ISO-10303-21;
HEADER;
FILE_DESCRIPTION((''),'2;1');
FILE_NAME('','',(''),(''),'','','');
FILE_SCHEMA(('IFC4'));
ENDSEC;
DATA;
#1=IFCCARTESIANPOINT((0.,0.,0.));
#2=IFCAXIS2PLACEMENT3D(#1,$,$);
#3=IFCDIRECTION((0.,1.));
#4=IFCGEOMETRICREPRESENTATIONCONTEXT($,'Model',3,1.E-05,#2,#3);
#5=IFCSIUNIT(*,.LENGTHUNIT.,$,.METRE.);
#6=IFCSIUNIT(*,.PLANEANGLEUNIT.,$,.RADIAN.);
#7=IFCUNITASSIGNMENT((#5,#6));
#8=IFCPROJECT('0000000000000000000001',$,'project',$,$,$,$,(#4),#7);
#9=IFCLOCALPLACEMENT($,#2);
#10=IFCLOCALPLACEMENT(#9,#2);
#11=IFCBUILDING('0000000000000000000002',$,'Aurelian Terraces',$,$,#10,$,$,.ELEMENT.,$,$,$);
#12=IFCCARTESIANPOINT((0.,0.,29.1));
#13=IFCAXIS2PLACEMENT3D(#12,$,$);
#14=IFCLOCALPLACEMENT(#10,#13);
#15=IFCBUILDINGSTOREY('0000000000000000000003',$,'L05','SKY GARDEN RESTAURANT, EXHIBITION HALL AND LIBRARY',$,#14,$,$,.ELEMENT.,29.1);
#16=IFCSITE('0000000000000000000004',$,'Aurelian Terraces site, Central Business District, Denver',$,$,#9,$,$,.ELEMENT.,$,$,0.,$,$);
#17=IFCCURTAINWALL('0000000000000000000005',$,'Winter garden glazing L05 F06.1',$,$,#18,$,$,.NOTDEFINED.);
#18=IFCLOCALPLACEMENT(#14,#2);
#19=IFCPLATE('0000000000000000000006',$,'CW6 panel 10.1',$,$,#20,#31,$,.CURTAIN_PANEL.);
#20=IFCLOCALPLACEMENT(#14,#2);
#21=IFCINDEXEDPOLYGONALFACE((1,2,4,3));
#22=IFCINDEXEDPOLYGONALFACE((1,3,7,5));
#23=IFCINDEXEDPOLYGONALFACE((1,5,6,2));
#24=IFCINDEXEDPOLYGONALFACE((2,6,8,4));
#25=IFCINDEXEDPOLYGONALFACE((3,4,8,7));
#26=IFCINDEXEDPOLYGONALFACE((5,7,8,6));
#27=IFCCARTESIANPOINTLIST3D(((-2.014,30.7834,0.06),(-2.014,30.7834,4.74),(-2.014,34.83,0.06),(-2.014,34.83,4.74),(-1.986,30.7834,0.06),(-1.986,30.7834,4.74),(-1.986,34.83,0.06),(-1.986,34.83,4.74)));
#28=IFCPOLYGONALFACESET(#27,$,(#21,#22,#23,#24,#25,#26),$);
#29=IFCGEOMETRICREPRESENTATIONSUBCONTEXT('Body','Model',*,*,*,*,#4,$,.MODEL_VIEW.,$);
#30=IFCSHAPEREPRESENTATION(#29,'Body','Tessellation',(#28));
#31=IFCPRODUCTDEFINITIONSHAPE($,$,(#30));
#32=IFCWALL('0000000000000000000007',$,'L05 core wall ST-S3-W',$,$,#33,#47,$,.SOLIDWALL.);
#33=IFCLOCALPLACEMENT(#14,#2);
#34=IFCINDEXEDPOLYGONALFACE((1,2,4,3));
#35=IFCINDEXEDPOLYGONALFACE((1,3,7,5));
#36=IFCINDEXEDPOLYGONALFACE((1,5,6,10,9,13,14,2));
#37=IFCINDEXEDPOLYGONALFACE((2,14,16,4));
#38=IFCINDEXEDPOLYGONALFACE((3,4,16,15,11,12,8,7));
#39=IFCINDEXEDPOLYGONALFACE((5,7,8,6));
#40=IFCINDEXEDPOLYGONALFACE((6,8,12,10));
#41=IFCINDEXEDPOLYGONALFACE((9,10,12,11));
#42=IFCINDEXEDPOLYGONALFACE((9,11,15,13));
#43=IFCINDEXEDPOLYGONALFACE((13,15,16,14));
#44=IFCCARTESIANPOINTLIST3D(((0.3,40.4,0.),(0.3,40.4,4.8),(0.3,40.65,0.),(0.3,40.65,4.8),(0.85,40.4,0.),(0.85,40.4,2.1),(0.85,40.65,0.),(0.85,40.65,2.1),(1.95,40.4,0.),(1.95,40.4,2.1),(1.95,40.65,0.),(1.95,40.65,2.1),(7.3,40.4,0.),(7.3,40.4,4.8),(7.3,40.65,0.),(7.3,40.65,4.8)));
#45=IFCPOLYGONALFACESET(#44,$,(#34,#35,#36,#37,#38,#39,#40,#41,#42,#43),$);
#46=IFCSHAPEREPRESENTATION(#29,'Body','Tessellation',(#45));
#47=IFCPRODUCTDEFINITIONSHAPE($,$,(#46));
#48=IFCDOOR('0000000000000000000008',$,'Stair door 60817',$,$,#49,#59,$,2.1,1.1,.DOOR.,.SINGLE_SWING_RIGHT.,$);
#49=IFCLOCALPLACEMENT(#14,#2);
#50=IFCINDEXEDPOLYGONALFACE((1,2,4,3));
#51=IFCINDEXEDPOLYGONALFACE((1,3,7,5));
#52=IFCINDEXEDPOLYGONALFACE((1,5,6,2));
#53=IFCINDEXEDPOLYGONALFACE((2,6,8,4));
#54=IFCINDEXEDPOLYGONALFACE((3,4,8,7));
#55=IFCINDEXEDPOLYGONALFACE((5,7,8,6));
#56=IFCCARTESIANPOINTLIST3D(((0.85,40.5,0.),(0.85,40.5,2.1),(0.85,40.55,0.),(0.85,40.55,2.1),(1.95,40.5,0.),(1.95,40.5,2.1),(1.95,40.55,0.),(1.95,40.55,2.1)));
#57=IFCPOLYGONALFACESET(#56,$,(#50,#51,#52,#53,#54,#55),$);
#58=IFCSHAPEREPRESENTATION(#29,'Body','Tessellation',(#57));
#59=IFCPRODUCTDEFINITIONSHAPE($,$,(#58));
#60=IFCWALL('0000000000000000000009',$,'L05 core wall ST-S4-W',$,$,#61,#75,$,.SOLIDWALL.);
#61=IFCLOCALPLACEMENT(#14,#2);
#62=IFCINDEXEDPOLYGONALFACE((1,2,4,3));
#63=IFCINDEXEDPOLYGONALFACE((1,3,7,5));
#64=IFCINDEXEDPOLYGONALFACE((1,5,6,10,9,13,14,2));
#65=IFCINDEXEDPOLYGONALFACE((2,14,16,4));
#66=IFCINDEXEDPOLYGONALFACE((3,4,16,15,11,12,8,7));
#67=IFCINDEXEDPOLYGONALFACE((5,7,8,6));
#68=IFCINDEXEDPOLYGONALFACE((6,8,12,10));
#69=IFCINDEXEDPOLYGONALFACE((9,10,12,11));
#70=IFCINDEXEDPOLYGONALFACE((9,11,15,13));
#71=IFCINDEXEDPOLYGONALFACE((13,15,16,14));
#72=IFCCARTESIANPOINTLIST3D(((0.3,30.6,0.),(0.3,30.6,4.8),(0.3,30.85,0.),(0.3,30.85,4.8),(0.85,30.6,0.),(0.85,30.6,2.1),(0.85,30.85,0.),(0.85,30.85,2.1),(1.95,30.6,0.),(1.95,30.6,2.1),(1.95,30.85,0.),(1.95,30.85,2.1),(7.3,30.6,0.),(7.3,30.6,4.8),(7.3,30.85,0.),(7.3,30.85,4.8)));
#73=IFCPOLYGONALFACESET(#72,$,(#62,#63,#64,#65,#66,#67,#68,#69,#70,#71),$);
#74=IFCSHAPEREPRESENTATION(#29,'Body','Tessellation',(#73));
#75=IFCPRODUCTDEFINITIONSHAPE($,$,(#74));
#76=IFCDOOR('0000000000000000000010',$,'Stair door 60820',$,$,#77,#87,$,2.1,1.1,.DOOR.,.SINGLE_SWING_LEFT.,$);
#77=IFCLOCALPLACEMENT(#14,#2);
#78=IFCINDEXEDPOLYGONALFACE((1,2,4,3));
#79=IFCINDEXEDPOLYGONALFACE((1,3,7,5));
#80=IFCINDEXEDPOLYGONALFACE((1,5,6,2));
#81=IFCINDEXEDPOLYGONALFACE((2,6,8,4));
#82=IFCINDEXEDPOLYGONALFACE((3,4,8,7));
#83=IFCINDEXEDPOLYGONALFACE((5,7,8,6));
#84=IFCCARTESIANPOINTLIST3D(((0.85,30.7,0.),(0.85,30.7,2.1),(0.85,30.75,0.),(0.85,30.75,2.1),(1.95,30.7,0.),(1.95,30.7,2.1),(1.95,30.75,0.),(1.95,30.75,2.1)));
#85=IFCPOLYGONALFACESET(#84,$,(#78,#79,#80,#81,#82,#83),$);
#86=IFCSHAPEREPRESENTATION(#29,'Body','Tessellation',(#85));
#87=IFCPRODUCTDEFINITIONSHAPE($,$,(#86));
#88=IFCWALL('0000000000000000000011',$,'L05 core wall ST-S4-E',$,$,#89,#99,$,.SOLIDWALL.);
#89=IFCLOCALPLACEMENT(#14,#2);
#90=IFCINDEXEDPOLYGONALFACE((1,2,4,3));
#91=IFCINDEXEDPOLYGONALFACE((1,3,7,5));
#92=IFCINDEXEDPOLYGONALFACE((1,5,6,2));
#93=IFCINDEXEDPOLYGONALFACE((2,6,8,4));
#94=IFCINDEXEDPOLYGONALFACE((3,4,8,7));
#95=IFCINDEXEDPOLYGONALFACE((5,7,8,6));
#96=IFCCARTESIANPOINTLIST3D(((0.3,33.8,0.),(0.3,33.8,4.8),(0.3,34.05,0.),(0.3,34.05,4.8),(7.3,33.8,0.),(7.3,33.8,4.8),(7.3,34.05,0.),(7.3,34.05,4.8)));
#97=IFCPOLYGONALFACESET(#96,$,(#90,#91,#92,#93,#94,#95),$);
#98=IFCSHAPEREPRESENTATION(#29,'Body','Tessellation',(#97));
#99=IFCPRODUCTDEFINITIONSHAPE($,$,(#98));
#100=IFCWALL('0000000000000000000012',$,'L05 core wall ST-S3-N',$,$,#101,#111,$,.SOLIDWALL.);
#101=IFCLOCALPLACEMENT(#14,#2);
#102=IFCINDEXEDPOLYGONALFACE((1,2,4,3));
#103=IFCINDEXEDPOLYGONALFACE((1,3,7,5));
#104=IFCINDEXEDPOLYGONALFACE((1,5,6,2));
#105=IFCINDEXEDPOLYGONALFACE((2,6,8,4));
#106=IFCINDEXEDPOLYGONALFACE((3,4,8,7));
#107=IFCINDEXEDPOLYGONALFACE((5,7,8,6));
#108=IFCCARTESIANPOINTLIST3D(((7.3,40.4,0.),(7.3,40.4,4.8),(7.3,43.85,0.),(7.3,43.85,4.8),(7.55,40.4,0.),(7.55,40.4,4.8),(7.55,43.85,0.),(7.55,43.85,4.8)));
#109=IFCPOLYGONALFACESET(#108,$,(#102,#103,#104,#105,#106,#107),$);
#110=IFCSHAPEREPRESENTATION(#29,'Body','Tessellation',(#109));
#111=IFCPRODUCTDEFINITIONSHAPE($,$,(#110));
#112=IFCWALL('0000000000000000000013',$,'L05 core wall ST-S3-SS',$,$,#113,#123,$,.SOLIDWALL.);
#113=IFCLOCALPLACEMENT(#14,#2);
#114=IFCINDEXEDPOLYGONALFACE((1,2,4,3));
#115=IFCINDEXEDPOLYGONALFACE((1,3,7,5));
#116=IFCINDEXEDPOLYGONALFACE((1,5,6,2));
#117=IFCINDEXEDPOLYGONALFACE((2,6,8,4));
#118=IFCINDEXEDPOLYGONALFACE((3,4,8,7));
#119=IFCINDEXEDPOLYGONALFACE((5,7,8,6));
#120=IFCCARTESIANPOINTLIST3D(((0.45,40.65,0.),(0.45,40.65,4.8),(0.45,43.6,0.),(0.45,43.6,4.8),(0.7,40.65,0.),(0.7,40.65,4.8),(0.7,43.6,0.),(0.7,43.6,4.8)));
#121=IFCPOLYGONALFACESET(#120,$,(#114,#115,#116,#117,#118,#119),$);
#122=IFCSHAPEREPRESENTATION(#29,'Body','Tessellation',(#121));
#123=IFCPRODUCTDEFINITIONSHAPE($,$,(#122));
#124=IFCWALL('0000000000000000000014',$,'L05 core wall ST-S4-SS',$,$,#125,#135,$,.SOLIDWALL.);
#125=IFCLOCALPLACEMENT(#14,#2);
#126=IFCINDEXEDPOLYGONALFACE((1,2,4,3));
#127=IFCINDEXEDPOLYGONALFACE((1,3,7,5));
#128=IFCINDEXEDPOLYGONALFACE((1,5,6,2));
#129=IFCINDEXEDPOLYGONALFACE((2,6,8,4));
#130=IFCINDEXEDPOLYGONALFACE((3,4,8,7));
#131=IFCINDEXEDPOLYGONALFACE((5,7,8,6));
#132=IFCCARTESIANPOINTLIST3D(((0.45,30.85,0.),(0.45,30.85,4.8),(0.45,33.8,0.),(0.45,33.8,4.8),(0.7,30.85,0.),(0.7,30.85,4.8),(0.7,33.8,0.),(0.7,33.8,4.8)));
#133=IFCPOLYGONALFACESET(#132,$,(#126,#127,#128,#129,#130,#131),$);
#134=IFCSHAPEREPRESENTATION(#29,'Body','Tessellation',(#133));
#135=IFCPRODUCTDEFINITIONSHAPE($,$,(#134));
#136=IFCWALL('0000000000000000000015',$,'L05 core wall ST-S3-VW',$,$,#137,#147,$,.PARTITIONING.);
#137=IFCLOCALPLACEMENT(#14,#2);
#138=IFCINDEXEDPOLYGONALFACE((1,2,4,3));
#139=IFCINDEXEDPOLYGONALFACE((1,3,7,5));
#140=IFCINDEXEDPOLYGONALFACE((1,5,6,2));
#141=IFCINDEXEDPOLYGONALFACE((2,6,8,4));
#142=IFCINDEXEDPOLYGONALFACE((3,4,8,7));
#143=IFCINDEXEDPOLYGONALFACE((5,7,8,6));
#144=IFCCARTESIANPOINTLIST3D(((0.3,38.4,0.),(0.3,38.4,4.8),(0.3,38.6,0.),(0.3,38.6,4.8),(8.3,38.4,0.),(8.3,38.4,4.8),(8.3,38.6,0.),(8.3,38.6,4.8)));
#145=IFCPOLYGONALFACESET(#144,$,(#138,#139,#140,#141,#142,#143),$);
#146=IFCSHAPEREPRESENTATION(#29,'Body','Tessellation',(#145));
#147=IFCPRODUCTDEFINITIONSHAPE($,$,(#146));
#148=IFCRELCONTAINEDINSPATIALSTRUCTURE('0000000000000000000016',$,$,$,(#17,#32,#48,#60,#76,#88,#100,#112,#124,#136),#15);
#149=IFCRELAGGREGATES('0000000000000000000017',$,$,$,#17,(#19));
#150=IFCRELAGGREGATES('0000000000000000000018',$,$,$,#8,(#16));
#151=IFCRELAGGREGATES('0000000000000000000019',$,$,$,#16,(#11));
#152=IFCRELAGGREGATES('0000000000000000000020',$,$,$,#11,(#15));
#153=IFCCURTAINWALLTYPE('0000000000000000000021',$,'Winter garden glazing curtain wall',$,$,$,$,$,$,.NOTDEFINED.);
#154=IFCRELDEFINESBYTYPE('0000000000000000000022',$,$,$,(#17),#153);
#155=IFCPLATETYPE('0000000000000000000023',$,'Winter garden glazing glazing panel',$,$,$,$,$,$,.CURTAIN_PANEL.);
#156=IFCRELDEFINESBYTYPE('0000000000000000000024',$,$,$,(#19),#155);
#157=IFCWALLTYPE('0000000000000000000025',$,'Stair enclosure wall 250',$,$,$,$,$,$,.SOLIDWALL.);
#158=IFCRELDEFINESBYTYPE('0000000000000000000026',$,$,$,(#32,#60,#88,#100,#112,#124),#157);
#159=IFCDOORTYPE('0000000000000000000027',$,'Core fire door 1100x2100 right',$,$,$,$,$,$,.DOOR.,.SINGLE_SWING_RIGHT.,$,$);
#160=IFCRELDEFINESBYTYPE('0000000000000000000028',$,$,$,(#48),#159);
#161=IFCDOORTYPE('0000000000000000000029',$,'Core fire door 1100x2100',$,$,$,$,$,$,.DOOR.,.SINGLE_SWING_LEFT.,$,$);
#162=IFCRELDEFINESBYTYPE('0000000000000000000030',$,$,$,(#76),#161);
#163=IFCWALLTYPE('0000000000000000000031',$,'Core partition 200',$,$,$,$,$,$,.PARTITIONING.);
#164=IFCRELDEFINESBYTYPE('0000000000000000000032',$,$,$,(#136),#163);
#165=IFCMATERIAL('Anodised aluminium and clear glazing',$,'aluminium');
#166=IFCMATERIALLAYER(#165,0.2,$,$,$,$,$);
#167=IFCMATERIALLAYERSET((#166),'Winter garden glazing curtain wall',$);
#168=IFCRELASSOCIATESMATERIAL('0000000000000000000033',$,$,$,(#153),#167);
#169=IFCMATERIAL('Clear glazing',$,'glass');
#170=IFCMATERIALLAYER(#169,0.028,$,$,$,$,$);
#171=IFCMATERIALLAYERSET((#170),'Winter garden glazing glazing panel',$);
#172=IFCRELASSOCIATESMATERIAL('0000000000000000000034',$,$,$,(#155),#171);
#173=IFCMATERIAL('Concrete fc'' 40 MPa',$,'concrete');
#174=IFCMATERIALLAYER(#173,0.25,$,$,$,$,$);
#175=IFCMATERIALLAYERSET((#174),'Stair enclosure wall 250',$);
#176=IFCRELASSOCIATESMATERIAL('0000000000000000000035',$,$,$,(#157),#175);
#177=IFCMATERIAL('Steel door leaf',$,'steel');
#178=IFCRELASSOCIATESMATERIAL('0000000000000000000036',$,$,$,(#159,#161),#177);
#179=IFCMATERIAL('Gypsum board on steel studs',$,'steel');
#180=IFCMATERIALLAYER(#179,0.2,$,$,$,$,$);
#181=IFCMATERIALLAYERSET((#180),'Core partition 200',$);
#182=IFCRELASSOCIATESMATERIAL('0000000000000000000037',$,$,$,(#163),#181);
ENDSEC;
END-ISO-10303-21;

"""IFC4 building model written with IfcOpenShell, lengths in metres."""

from ifc_helpers import new_model, si_unit, direction, frame, frame_2d, origin, origin_2d, place, context, subcontext, project, spatial, rectangle, extrude, source, transform, mapped, material, layer, layer_set, type_object, element, fill, aggregate, save


model = new_model("IFC4")

# Units and contexts
model_context = context("Model", 3, precision=1e-05, world=origin(), true_north=direction((0.0, 1.0)))
body_context = subcontext(model_context, "Body", "Model", "MODEL_VIEW")
ifc_project = project(units=[si_unit("LENGTHUNIT", "METRE"), si_unit("PLANEANGLEUNIT", "RADIAN")], contexts=[model_context])

# Site, building, storey
site_placement = place(None, origin())
site = spatial("IfcSite", under=ifc_project, at=site_placement, Name="Aurelian Terraces site, Central Business District, Denver", CompositionType="ELEMENT", RefElevation=0.0)
building_placement = place(site_placement, origin())
building = spatial("IfcBuilding", under=site, at=building_placement, Name="Aurelian Terraces", CompositionType="ELEMENT")
storey_placement = place(building_placement, frame((0.0, 0.0, 29.1)))
storey = spatial("IfcBuildingStorey", under=building, at=storey_placement, Name="L05", Description="SKY GARDEN RESTAURANT, EXHIBITION HALL AND LIBRARY", CompositionType="ELEMENT", Elevation=29.1)

# Curtain wall, plate
ifc_material_1 = material(Name="Anodised aluminium and clear glazing", Category="aluminium")
ifc_layer_1 = layer(ifc_material_1, 0.2)
ifc_layer_set_1 = layer_set([ifc_layer_1], Name="Winter garden glazing curtain wall")
curtain_wall_type = type_object("IfcCurtainWallType", Name="Winter garden glazing curtain wall", PredefinedType="NOTDEFINED", material=ifc_layer_set_1)
curtain_wall_placement = place(storey_placement, origin())
curtain_wall = element("IfcCurtainWall", 1, at=curtain_wall_placement, inside=storey, type_object=curtain_wall_type, Name="Winter garden glazing L05 F06.1", PredefinedType="NOTDEFINED")
ifc_material_2 = material(Name="Clear glazing", Category="glass")
ifc_layer_2 = layer(ifc_material_2, 0.028)
ifc_layer_set_2 = layer_set([ifc_layer_2], Name="Winter garden glazing glazing panel")
plate_type = type_object("IfcPlateType", Name="Winter garden glazing glazing panel", PredefinedType="CURTAIN_PANEL", material=ifc_layer_set_2)
shared_shape_1 = source(origin(), body_context, "Body", "SweptSolid", [
    extrude(rectangle(XDim=4.0467, YDim=0.028, at=origin_2d()), origin(), (0.0, 0.0, 1.0), 4.68),
])
plate_1_placement = place(storey_placement, frame((-2.0, 32.8067, 0.06), z_axis=(0.0, 0.0, 1.0), x_axis=(0.0, -1.0, 0.0)))
plate_1 = element("IfcPlate", 2, at=plate_1_placement, type_object=plate_type, Name="CW6 panel 10.1", PredefinedType="CURTAIN_PANEL", context=body_context, shape_type="MappedRepresentation", body=[
    mapped(shared_shape_1, transform((0.0, 0.0, 0.0), scale=1.0)),
])
aggregate(curtain_wall, [plate_1])

# Walls, openings, doors
ifc_material_3 = material(Name="Concrete fc' 40 MPa", Category="concrete")
ifc_layer_3 = layer(ifc_material_3, 0.25)
ifc_layer_set_3 = layer_set([ifc_layer_3], Name="Stair enclosure wall 250")
wall_type_1 = type_object("IfcWallType", Name="Stair enclosure wall 250", PredefinedType="SOLIDWALL", material=ifc_layer_set_3)
shared_shape_2 = source(origin(), body_context, "Body", "SweptSolid", [
    extrude(rectangle(XDim=7.0, YDim=0.25, at=frame_2d((3.5, 0.0))), origin(), (0.0, 0.0, 1.0), 4.8),
])
wall_1_placement = place(storey_placement, frame((0.3, 40.525, 0.0), z_axis=(0.0, 0.0, 1.0), x_axis=(1.0, 0.0, 0.0)))
wall_1 = element("IfcWall", 3, at=wall_1_placement, inside=storey, type_object=wall_type_1, Name="L05 core wall ST-S3-W", PredefinedType="SOLIDWALL", context=body_context, shape_type="MappedRepresentation", body=[
    mapped(shared_shape_2, transform((0.0, 0.0, 0.0), scale=1.0)),
])
shared_shape_3 = source(origin(), body_context, "Body", "SweptSolid", [
    extrude(rectangle(XDim=1.1, YDim=2.1, at=frame_2d((0.55, 1.05))), frame((0.0, 0.135, 0.0), z_axis=(0.0, -1.0, 0.0), x_axis=(1.0, 0.0, 0.0)), (0.0, 0.0, 1.0), 0.27),
])
opening_1_placement = place(wall_1_placement, frame((0.55, 0.0, 0.0)))
opening_1 = element("IfcOpeningElement", 4, at=opening_1_placement, cuts=wall_1, PredefinedType="OPENING", context=body_context, shape_type="MappedRepresentation", body=[
    mapped(shared_shape_3, transform((0.0, 0.0, 0.0), scale=1.0)),
])
ifc_material_4 = material(Name="Steel door leaf", Category="steel")
door_type_1 = type_object("IfcDoorType", Name="Core fire door 1100x2100 right", OperationType="SINGLE_SWING_RIGHT", PredefinedType="DOOR", material=ifc_material_4)
shared_shape_4 = source(origin(), body_context, "Body", "SweptSolid", [
    extrude(rectangle(XDim=1.1, YDim=2.1, at=frame_2d((0.55, 1.05))), frame((0.0, 0.025, 0.0), z_axis=(0.0, -1.0, 0.0), x_axis=(1.0, 0.0, 0.0)), (0.0, 0.0, 1.0), 0.05),
])
door_1_placement = place(opening_1_placement, origin())
door_1 = element("IfcDoor", 5, at=door_1_placement, inside=storey, type_object=door_type_1, Name="Stair door 60817", OperationType="SINGLE_SWING_RIGHT", OverallHeight=2.1, OverallWidth=1.1, PredefinedType="DOOR", context=body_context, shape_type="MappedRepresentation", body=[
    mapped(shared_shape_4, transform((0.0, 0.0, 0.0), scale=1.0)),
])
fill(opening_1, door_1)
wall_2_placement = place(storey_placement, frame((0.3, 30.725, 0.0), z_axis=(0.0, 0.0, 1.0), x_axis=(1.0, 0.0, 0.0)))
wall_2 = element("IfcWall", 6, at=wall_2_placement, inside=storey, type_object=wall_type_1, Name="L05 core wall ST-S4-W", PredefinedType="SOLIDWALL", context=body_context, shape_type="MappedRepresentation", body=[
    mapped(shared_shape_2, transform((0.0, 0.0, 0.0), scale=1.0)),
])
opening_2_placement = place(wall_2_placement, frame((0.55, 0.0, 0.0)))
opening_2 = element("IfcOpeningElement", 7, at=opening_2_placement, cuts=wall_2, PredefinedType="OPENING", context=body_context, shape_type="MappedRepresentation", body=[
    mapped(shared_shape_3, transform((0.0, 0.0, 0.0), scale=1.0)),
])
door_type_2 = type_object("IfcDoorType", Name="Core fire door 1100x2100", OperationType="SINGLE_SWING_LEFT", PredefinedType="DOOR", material=ifc_material_4)
door_2_placement = place(opening_2_placement, origin())
door_2 = element("IfcDoor", 8, at=door_2_placement, inside=storey, type_object=door_type_2, Name="Stair door 60820", OperationType="SINGLE_SWING_LEFT", OverallHeight=2.1, OverallWidth=1.1, PredefinedType="DOOR", context=body_context, shape_type="MappedRepresentation", body=[
    mapped(shared_shape_4, transform((0.0, 0.0, 0.0), scale=1.0)),
])
fill(opening_2, door_2)

# Walls
wall_3_placement = place(storey_placement, frame((0.3, 33.925, 0.0), z_axis=(0.0, 0.0, 1.0), x_axis=(1.0, 0.0, 0.0)))
element("IfcWall", 9, at=wall_3_placement, inside=storey, type_object=wall_type_1, Name="L05 core wall ST-S4-E", PredefinedType="SOLIDWALL", context=body_context, shape_type="MappedRepresentation", body=[
    mapped(shared_shape_2, transform((0.0, 0.0, 0.0), scale=1.0)),
])
shared_shape_5 = source(origin(), body_context, "Body", "SweptSolid", [
    extrude(rectangle(XDim=3.45, YDim=0.25, at=frame_2d((1.725, 0.0))), origin(), (0.0, 0.0, 1.0), 4.8),
])
wall_4_placement = place(storey_placement, frame((7.425, 40.4, 0.0), z_axis=(0.0, 0.0, 1.0), x_axis=(0.0, 1.0, 0.0)))
element("IfcWall", 10, at=wall_4_placement, inside=storey, type_object=wall_type_1, Name="L05 core wall ST-S3-N", PredefinedType="SOLIDWALL", context=body_context, shape_type="MappedRepresentation", body=[
    mapped(shared_shape_5, transform((0.0, 0.0, 0.0), scale=1.0)),
])
shared_shape_6 = source(origin(), body_context, "Body", "SweptSolid", [
    extrude(rectangle(XDim=2.95, YDim=0.25, at=frame_2d((1.475, 0.0))), origin(), (0.0, 0.0, 1.0), 4.8),
])
for number, where, z_axis, x_axis, name in (
    (11, (0.575, 40.65, 0.0), (0.0, 0.0, 1.0), (0.0, 1.0, 0.0), "L05 core wall ST-S3-SS"),
    (12, (0.575, 30.85, 0.0), (0.0, 0.0, 1.0), (0.0, 1.0, 0.0), "L05 core wall ST-S4-SS"),
):
    element("IfcWall", number, at=place(storey_placement, frame(where, z_axis=z_axis, x_axis=x_axis)), inside=storey, type_object=wall_type_1, Name=name, PredefinedType="SOLIDWALL", context=body_context, shape_type="MappedRepresentation", body=[
        mapped(shared_shape_6, transform((0.0, 0.0, 0.0), scale=1.0)),
    ])
ifc_material_5 = material(Name="Gypsum board on steel studs", Category="steel")
ifc_layer_4 = layer(ifc_material_5, 0.2)
ifc_layer_set_4 = layer_set([ifc_layer_4], Name="Core partition 200")
wall_type_2 = type_object("IfcWallType", Name="Core partition 200", PredefinedType="PARTITIONING", material=ifc_layer_set_4)
shared_shape_7 = source(origin(), body_context, "Body", "SweptSolid", [
    extrude(rectangle(XDim=8.0, YDim=0.2, at=frame_2d((4.0, 0.0))), origin(), (0.0, 0.0, 1.0), 4.8),
])
wall_5_placement = place(storey_placement, frame((0.3, 38.5, 0.0), z_axis=(0.0, 0.0, 1.0), x_axis=(1.0, 0.0, 0.0)))
element("IfcWall", 13, at=wall_5_placement, inside=storey, type_object=wall_type_2, Name="L05 core wall ST-S3-VW", PredefinedType="PARTITIONING", context=body_context, shape_type="MappedRepresentation", body=[
    mapped(shared_shape_7, transform((0.0, 0.0, 0.0), scale=1.0)),
])

save(model, "model.ifc")
